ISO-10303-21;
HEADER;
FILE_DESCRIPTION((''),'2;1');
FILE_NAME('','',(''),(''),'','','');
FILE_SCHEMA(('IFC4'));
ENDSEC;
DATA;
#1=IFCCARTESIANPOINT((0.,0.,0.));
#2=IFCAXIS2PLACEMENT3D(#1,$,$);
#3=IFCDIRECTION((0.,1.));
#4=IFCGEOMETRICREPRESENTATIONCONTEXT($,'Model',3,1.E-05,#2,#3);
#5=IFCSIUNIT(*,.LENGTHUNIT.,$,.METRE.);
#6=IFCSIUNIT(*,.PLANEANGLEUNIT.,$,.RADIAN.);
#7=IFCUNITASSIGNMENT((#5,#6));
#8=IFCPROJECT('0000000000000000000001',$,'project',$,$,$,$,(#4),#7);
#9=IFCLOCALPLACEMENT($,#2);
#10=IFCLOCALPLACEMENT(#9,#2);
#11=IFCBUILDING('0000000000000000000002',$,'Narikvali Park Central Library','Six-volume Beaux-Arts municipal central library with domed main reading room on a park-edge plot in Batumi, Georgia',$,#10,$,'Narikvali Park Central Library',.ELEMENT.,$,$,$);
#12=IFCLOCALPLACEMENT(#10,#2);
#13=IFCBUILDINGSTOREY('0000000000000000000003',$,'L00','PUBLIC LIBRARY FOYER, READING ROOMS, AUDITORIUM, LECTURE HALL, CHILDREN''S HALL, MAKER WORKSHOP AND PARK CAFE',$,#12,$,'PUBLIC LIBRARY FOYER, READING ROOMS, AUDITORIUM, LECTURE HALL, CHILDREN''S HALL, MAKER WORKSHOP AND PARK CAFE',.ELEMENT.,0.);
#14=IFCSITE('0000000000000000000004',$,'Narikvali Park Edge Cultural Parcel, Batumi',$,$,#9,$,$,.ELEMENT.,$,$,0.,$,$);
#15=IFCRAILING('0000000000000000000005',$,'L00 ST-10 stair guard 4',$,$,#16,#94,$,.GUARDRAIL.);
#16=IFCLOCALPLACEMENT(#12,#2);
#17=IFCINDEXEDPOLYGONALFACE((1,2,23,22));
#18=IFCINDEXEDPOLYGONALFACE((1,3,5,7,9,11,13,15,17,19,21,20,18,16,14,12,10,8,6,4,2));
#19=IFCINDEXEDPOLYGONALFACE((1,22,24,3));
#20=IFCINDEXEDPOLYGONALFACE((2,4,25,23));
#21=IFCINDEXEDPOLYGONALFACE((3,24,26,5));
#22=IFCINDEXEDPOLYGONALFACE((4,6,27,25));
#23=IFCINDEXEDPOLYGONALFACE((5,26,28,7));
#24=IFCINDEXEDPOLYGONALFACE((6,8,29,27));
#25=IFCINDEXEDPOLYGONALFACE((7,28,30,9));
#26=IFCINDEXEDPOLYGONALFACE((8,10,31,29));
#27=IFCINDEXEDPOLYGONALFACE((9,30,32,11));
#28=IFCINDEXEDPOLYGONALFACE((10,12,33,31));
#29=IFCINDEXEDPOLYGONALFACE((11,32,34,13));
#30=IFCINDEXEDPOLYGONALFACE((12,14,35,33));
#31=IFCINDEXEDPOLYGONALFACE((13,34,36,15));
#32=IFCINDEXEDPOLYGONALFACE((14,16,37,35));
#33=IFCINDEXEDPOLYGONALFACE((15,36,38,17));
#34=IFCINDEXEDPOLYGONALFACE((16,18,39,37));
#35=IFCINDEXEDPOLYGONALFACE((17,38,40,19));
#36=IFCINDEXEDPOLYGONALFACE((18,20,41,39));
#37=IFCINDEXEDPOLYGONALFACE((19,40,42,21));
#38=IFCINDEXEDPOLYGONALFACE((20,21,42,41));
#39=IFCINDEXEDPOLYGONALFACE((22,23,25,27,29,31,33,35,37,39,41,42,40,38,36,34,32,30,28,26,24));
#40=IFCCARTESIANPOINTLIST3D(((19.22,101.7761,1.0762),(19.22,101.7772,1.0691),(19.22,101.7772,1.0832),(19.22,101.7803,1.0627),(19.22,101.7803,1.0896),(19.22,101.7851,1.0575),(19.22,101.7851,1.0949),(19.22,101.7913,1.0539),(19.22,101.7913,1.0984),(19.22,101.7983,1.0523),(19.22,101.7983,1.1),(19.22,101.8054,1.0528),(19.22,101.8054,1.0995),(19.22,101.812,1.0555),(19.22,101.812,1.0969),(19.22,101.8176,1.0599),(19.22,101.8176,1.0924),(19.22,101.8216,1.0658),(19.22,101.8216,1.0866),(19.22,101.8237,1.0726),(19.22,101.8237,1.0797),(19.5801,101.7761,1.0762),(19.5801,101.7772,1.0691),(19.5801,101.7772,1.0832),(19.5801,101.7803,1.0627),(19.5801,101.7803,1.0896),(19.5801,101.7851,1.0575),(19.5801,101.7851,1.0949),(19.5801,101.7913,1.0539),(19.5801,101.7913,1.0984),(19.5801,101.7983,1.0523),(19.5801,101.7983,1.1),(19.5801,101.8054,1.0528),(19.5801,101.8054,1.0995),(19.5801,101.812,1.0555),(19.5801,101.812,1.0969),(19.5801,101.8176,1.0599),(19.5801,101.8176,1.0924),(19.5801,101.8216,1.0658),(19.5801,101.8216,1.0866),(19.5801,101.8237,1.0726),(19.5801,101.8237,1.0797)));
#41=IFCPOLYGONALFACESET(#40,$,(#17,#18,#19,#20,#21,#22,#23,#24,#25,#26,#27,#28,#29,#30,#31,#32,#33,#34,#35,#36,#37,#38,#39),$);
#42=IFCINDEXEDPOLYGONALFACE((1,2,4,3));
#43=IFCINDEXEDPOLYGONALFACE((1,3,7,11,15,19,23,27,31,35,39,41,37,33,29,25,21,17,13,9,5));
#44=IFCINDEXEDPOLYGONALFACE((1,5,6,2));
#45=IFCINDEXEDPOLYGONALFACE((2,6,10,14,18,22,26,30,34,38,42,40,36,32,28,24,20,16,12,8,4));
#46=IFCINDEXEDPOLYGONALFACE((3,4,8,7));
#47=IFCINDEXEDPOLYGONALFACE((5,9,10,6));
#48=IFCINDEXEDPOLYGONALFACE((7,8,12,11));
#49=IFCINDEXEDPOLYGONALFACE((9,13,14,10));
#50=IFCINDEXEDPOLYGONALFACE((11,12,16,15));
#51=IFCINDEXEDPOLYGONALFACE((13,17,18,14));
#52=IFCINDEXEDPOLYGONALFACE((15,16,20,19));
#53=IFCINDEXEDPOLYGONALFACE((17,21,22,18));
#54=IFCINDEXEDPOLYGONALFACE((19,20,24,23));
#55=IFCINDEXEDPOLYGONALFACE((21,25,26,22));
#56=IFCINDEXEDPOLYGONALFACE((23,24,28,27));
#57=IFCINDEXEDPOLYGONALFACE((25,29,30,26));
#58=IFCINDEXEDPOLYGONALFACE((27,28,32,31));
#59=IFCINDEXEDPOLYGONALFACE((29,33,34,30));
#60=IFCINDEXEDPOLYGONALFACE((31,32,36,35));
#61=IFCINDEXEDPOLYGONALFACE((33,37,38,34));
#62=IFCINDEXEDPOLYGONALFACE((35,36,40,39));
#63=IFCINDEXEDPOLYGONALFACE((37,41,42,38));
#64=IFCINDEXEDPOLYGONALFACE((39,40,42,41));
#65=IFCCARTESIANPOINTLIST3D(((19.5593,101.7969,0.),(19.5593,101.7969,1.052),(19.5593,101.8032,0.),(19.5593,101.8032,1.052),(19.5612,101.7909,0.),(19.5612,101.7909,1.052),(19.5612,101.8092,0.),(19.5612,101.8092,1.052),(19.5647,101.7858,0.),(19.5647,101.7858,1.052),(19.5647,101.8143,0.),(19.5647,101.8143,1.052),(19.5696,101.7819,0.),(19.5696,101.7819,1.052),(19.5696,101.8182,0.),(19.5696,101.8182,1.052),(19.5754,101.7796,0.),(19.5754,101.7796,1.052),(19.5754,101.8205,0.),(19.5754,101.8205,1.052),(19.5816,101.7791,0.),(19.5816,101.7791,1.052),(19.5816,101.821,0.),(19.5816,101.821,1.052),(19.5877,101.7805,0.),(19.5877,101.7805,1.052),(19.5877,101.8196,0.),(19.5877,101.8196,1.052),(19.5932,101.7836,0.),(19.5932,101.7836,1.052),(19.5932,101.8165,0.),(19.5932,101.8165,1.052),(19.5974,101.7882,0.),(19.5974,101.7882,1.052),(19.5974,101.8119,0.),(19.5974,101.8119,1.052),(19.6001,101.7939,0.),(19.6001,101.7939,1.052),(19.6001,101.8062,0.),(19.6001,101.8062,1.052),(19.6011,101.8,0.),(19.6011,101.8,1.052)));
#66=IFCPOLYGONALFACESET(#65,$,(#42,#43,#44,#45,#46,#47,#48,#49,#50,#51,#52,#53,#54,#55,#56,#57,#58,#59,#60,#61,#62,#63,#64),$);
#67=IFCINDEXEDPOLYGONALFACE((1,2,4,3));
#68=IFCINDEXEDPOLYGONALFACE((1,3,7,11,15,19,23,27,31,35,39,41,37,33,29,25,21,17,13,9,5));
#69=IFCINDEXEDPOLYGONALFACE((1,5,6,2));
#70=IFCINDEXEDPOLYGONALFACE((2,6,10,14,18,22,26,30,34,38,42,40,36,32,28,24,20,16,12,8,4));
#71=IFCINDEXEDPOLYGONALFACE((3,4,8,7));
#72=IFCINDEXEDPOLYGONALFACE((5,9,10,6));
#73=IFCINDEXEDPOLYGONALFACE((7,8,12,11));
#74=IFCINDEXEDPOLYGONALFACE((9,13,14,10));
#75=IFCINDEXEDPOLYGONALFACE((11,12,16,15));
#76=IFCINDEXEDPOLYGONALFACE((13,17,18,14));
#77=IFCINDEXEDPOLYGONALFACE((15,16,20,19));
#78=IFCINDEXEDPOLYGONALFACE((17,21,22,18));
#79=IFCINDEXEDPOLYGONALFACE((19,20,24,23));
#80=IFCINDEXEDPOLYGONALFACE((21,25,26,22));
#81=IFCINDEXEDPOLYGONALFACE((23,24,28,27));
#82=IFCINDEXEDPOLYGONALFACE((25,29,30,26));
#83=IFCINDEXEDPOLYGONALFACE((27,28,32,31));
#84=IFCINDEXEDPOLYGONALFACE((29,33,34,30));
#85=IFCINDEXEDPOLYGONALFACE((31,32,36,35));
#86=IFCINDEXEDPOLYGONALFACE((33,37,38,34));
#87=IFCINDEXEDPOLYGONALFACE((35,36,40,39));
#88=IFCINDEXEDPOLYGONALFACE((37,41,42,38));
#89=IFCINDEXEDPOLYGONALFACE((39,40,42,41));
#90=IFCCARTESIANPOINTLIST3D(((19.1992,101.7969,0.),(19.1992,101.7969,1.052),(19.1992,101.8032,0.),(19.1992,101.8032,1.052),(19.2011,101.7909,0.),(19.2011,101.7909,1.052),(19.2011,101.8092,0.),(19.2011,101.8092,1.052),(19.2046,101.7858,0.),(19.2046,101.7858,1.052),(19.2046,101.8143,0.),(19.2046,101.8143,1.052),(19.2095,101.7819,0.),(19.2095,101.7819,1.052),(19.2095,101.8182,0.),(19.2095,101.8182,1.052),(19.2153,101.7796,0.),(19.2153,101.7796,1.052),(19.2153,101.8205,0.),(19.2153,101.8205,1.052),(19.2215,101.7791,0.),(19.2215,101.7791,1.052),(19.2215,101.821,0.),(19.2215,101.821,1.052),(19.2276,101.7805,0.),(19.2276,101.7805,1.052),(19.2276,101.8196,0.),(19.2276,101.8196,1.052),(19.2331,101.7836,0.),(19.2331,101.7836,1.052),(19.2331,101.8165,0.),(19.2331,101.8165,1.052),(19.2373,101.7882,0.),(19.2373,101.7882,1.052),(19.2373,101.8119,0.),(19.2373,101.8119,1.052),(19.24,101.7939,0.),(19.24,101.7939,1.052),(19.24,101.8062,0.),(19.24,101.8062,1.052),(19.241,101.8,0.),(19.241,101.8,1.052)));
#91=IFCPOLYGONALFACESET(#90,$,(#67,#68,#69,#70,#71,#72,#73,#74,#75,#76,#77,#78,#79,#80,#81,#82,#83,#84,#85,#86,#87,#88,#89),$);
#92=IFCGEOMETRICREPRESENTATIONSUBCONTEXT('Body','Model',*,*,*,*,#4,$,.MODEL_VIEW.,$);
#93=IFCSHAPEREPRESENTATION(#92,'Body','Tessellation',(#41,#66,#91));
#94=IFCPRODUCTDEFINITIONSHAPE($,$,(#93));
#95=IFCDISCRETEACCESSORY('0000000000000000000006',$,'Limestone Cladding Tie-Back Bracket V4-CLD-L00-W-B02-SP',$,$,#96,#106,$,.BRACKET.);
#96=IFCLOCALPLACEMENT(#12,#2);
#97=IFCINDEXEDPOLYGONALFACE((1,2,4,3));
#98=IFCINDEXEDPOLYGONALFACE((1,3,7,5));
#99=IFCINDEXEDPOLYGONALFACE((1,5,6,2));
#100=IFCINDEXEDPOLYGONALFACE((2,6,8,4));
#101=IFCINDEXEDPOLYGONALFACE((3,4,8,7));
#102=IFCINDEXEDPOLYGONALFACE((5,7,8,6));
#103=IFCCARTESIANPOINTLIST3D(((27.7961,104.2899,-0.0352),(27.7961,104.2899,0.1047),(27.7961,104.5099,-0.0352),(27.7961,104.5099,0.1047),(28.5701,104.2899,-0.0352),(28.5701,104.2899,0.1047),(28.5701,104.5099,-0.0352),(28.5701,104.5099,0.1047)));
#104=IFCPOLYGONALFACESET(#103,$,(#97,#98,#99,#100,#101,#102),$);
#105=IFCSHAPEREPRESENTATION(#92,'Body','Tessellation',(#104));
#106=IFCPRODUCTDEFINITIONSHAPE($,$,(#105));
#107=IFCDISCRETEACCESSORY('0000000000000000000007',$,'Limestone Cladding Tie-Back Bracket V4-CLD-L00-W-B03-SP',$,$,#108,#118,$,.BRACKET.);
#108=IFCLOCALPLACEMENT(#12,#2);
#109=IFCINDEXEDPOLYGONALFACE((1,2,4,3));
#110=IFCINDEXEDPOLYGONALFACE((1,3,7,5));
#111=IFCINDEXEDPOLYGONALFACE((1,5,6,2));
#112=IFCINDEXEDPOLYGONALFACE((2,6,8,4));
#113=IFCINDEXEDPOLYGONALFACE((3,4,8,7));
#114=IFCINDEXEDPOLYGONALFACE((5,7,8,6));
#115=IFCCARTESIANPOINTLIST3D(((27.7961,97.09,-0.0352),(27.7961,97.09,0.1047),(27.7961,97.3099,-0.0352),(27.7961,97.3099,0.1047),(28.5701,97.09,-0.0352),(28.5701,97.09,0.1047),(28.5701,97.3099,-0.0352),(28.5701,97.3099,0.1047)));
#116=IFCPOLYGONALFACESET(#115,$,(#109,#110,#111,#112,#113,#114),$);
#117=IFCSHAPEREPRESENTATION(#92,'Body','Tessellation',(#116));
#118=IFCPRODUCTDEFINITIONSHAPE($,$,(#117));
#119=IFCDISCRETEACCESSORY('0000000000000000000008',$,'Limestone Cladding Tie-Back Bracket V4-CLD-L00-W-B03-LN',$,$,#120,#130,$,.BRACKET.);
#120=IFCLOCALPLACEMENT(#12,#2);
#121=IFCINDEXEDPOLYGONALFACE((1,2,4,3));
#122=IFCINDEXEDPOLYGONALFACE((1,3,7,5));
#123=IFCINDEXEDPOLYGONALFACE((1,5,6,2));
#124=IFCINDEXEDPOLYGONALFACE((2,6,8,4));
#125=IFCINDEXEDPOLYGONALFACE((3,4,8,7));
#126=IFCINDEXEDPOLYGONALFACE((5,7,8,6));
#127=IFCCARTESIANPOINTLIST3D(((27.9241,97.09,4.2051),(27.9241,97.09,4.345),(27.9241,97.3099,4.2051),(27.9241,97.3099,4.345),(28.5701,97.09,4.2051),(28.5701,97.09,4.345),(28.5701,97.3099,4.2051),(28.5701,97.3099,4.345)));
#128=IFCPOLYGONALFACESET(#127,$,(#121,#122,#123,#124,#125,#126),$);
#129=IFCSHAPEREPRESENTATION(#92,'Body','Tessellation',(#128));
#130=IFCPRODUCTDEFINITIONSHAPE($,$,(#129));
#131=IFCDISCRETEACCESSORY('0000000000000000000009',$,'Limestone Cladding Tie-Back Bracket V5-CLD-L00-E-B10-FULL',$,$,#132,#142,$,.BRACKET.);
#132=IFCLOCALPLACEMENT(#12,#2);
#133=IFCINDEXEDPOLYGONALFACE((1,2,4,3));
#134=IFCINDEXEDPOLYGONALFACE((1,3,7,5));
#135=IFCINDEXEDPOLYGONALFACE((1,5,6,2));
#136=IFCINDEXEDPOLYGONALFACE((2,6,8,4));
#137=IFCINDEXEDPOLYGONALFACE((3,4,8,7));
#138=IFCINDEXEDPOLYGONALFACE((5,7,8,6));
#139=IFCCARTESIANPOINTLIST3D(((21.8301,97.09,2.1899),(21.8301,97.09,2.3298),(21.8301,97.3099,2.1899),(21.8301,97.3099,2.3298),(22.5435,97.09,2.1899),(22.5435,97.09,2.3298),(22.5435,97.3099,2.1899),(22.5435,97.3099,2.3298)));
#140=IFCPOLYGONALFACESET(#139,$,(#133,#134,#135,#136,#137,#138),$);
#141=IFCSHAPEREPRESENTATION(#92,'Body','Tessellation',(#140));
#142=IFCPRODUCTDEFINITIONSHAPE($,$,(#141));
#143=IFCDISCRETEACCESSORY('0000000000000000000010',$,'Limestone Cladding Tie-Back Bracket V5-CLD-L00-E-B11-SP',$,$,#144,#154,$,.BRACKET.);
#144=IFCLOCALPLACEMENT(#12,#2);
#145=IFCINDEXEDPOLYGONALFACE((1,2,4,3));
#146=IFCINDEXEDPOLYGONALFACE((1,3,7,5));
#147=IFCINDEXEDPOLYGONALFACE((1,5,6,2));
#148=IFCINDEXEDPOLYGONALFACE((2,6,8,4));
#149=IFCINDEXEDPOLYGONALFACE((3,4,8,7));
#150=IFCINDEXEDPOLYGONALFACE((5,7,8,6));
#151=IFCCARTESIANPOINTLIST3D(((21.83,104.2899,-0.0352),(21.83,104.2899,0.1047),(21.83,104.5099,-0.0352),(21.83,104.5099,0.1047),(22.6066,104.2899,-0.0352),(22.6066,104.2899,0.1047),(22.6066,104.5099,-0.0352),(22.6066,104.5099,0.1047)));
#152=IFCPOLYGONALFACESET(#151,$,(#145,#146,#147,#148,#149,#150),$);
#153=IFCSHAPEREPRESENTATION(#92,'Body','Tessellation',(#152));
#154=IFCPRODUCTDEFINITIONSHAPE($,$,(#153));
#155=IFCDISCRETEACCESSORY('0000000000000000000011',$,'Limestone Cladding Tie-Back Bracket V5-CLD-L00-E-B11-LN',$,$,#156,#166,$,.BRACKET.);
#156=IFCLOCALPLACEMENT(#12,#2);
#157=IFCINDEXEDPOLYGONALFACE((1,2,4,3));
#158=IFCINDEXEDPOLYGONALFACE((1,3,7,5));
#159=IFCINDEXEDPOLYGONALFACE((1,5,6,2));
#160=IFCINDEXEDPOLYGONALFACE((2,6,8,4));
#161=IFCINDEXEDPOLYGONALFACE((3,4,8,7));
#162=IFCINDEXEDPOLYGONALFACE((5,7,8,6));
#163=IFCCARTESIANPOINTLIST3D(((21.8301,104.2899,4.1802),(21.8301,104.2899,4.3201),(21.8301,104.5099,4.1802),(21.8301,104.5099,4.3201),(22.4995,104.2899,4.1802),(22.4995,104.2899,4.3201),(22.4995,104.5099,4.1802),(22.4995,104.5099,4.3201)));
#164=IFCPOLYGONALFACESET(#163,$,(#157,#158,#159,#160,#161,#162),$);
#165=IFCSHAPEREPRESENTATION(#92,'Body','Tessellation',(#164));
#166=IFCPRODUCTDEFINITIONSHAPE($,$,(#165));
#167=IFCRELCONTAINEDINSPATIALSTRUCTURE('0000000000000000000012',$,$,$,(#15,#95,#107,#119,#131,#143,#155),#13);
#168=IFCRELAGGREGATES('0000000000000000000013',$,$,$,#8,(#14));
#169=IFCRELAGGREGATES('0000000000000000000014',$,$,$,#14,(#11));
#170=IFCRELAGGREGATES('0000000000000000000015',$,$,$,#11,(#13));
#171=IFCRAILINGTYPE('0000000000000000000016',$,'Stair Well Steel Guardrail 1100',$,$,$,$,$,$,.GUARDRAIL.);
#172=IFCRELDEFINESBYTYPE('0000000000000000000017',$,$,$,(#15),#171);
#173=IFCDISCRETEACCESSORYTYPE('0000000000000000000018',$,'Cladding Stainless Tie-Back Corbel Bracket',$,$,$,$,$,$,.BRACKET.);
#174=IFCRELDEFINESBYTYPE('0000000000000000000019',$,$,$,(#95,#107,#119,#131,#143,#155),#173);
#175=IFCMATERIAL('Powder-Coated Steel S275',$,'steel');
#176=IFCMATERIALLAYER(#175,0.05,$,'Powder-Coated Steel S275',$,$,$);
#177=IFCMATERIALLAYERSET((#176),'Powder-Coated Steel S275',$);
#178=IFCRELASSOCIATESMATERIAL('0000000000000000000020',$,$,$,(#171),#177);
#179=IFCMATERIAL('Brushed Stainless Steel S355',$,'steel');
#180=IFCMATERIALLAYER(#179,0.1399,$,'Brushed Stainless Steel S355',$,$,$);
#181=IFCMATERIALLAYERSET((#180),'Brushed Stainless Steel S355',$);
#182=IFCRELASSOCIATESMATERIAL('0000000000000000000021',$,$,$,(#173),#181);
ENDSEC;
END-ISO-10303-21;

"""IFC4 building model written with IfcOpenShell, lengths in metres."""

from ifc_helpers import new_model, si_unit, direction, frame, origin, origin_2d, place, context, subcontext, project, spatial, rectangle, circle, extrude, material, layer, layer_set, type_object, element, save


model = new_model("IFC4")

# Units and contexts
model_context = context("Model", 3, precision=1e-05, world=origin(), true_north=direction((0.0, 1.0)))
body_context = subcontext(model_context, "Body", "Model", "MODEL_VIEW")
ifc_project = project(units=[si_unit("LENGTHUNIT", "METRE"), si_unit("PLANEANGLEUNIT", "RADIAN")], contexts=[model_context])

# Site, building, storey
site_placement = place(None, origin())
site = spatial("IfcSite", under=ifc_project, at=site_placement, Name="Narikvali Park Edge Cultural Parcel, Batumi", CompositionType="ELEMENT", RefElevation=0.0)
building_placement = place(site_placement, origin())
building = spatial("IfcBuilding", under=site, at=building_placement, Name="Narikvali Park Central Library", Description="Six-volume Beaux-Arts municipal central library with domed main reading room on a park-edge plot in Batumi, Georgia", LongName="Narikvali Park Central Library", CompositionType="ELEMENT")
storey_placement = place(building_placement, origin())
storey = spatial("IfcBuildingStorey", under=building, at=storey_placement, Name="L00", Description="PUBLIC LIBRARY FOYER, READING ROOMS, AUDITORIUM, LECTURE HALL, CHILDREN'S HALL, MAKER WORKSHOP AND PARK CAFE", LongName="PUBLIC LIBRARY FOYER, READING ROOMS, AUDITORIUM, LECTURE HALL, CHILDREN'S HALL, MAKER WORKSHOP AND PARK CAFE", CompositionType="ELEMENT", Elevation=0.0)

# Railing
ifc_material_1 = material(Name="Brushed Stainless Steel S355", Category="steel")
ifc_material_2 = material(Name="Powder-Coated Steel S275", Category="steel")
ifc_layer_1 = layer(ifc_material_2, 0.05, Name="Powder-Coated Steel S275")
ifc_layer_set_1 = layer_set([ifc_layer_1], Name="Powder-Coated Steel S275")
railing_type_1 = type_object("IfcRailingType", Name="Stair Well Steel Guardrail 1100", PredefinedType="GUARDRAIL", material=ifc_layer_set_1)
railing_1_placement = place(storey_placement, frame((19.5801, 101.8, 0.0)))
element("IfcRailing", 1, at=railing_1_placement, inside=storey, type_object=railing_type_1, Name="L00 ST-10 stair guard 4", PredefinedType="GUARDRAIL", context=body_context, shape_type="SweptSolid", body=[
    extrude(circle(Radius=0.0239, at=origin_2d()), frame((0.0, 0.0, 1.0762), z_axis=(-1.0, 0.0, 0.0), x_axis=(0.0, -1.0, 0.0)), (0.0, 0.0, 1.0), 0.3601),
    extrude(circle(Radius=0.021, at=origin_2d()), origin(), (0.0, 0.0, 1.0), 1.052),
    extrude(circle(Radius=0.021, at=origin_2d()), frame((-0.3601, 0.0, 0.0)), (0.0, 0.0, 1.0), 1.052),
])

# Discrete accessories
ifc_layer_2 = layer(ifc_material_1, 0.1399, Name="Brushed Stainless Steel S355")
ifc_layer_set_2 = layer_set([ifc_layer_2], Name="Brushed Stainless Steel S355")
discrete_accessory_type = type_object("IfcDiscreteAccessoryType", Name="Cladding Stainless Tie-Back Corbel Bracket", PredefinedType="BRACKET", material=ifc_layer_set_2)
for number, where, z_axis, x_axis, name in (
    (2, (28.1831, 104.3999, -0.0352), (0.0, 0.0, 1.0), (1.0, 0.0, 0.0), "Limestone Cladding Tie-Back Bracket V4-CLD-L00-W-B02-SP"),
    (3, (28.1831, 97.2, -0.0352), (0.0, 0.0, 1.0), (1.0, 0.0, 0.0), "Limestone Cladding Tie-Back Bracket V4-CLD-L00-W-B03-SP"),
):
    element("IfcDiscreteAccessory", number, at=place(storey_placement, frame(where, z_axis=z_axis, x_axis=x_axis)), inside=storey, type_object=discrete_accessory_type, Name=name, PredefinedType="BRACKET", context=body_context, shape_type="SweptSolid", body=[
        extrude(rectangle(XDim=0.7739, YDim=0.22, at=origin_2d()), origin(), (0.0, 0.0, 1.0), 0.1399),
    ])
discrete_accessory_1_placement = place(storey_placement, frame((28.2471, 97.2, 4.2051), z_axis=(0.0, 0.0, 1.0), x_axis=(1.0, 0.0, 0.0)))
element("IfcDiscreteAccessory", 4, at=discrete_accessory_1_placement, inside=storey, type_object=discrete_accessory_type, Name="Limestone Cladding Tie-Back Bracket V4-CLD-L00-W-B03-LN", PredefinedType="BRACKET", context=body_context, shape_type="SweptSolid", body=[
    extrude(rectangle(XDim=0.646, YDim=0.22, at=origin_2d()), origin(), (0.0, 0.0, 1.0), 0.1399),
])
discrete_accessory_2_placement = place(storey_placement, frame((22.1868, 97.2, 2.1899), z_axis=(0.0, 0.0, 1.0), x_axis=(1.0, 0.0, 0.0)))
element("IfcDiscreteAccessory", 5, at=discrete_accessory_2_placement, inside=storey, type_object=discrete_accessory_type, Name="Limestone Cladding Tie-Back Bracket V5-CLD-L00-E-B10-FULL", PredefinedType="BRACKET", context=body_context, shape_type="SweptSolid", body=[
    extrude(rectangle(XDim=0.7134, YDim=0.22, at=origin_2d()), origin(), (0.0, 0.0, 1.0), 0.1399),
])
discrete_accessory_3_placement = place(storey_placement, frame((22.2183, 104.3999, -0.0352), z_axis=(0.0, 0.0, 1.0), x_axis=(1.0, 0.0, 0.0)))
element("IfcDiscreteAccessory", 6, at=discrete_accessory_3_placement, inside=storey, type_object=discrete_accessory_type, Name="Limestone Cladding Tie-Back Bracket V5-CLD-L00-E-B11-SP", PredefinedType="BRACKET", context=body_context, shape_type="SweptSolid", body=[
    extrude(rectangle(XDim=0.7766, YDim=0.22, at=origin_2d()), origin(), (0.0, 0.0, 1.0), 0.1399),
])
discrete_accessory_4_placement = place(storey_placement, frame((22.1648, 104.3999, 4.1802), z_axis=(0.0, 0.0, 1.0), x_axis=(1.0, 0.0, 0.0)))
element("IfcDiscreteAccessory", 7, at=discrete_accessory_4_placement, inside=storey, type_object=discrete_accessory_type, Name="Limestone Cladding Tie-Back Bracket V5-CLD-L00-E-B11-LN", PredefinedType="BRACKET", context=body_context, shape_type="SweptSolid", body=[
    extrude(rectangle(XDim=0.6694, YDim=0.22, at=origin_2d()), origin(), (0.0, 0.0, 1.0), 0.1399),
])

save(model, "model.ifc")
